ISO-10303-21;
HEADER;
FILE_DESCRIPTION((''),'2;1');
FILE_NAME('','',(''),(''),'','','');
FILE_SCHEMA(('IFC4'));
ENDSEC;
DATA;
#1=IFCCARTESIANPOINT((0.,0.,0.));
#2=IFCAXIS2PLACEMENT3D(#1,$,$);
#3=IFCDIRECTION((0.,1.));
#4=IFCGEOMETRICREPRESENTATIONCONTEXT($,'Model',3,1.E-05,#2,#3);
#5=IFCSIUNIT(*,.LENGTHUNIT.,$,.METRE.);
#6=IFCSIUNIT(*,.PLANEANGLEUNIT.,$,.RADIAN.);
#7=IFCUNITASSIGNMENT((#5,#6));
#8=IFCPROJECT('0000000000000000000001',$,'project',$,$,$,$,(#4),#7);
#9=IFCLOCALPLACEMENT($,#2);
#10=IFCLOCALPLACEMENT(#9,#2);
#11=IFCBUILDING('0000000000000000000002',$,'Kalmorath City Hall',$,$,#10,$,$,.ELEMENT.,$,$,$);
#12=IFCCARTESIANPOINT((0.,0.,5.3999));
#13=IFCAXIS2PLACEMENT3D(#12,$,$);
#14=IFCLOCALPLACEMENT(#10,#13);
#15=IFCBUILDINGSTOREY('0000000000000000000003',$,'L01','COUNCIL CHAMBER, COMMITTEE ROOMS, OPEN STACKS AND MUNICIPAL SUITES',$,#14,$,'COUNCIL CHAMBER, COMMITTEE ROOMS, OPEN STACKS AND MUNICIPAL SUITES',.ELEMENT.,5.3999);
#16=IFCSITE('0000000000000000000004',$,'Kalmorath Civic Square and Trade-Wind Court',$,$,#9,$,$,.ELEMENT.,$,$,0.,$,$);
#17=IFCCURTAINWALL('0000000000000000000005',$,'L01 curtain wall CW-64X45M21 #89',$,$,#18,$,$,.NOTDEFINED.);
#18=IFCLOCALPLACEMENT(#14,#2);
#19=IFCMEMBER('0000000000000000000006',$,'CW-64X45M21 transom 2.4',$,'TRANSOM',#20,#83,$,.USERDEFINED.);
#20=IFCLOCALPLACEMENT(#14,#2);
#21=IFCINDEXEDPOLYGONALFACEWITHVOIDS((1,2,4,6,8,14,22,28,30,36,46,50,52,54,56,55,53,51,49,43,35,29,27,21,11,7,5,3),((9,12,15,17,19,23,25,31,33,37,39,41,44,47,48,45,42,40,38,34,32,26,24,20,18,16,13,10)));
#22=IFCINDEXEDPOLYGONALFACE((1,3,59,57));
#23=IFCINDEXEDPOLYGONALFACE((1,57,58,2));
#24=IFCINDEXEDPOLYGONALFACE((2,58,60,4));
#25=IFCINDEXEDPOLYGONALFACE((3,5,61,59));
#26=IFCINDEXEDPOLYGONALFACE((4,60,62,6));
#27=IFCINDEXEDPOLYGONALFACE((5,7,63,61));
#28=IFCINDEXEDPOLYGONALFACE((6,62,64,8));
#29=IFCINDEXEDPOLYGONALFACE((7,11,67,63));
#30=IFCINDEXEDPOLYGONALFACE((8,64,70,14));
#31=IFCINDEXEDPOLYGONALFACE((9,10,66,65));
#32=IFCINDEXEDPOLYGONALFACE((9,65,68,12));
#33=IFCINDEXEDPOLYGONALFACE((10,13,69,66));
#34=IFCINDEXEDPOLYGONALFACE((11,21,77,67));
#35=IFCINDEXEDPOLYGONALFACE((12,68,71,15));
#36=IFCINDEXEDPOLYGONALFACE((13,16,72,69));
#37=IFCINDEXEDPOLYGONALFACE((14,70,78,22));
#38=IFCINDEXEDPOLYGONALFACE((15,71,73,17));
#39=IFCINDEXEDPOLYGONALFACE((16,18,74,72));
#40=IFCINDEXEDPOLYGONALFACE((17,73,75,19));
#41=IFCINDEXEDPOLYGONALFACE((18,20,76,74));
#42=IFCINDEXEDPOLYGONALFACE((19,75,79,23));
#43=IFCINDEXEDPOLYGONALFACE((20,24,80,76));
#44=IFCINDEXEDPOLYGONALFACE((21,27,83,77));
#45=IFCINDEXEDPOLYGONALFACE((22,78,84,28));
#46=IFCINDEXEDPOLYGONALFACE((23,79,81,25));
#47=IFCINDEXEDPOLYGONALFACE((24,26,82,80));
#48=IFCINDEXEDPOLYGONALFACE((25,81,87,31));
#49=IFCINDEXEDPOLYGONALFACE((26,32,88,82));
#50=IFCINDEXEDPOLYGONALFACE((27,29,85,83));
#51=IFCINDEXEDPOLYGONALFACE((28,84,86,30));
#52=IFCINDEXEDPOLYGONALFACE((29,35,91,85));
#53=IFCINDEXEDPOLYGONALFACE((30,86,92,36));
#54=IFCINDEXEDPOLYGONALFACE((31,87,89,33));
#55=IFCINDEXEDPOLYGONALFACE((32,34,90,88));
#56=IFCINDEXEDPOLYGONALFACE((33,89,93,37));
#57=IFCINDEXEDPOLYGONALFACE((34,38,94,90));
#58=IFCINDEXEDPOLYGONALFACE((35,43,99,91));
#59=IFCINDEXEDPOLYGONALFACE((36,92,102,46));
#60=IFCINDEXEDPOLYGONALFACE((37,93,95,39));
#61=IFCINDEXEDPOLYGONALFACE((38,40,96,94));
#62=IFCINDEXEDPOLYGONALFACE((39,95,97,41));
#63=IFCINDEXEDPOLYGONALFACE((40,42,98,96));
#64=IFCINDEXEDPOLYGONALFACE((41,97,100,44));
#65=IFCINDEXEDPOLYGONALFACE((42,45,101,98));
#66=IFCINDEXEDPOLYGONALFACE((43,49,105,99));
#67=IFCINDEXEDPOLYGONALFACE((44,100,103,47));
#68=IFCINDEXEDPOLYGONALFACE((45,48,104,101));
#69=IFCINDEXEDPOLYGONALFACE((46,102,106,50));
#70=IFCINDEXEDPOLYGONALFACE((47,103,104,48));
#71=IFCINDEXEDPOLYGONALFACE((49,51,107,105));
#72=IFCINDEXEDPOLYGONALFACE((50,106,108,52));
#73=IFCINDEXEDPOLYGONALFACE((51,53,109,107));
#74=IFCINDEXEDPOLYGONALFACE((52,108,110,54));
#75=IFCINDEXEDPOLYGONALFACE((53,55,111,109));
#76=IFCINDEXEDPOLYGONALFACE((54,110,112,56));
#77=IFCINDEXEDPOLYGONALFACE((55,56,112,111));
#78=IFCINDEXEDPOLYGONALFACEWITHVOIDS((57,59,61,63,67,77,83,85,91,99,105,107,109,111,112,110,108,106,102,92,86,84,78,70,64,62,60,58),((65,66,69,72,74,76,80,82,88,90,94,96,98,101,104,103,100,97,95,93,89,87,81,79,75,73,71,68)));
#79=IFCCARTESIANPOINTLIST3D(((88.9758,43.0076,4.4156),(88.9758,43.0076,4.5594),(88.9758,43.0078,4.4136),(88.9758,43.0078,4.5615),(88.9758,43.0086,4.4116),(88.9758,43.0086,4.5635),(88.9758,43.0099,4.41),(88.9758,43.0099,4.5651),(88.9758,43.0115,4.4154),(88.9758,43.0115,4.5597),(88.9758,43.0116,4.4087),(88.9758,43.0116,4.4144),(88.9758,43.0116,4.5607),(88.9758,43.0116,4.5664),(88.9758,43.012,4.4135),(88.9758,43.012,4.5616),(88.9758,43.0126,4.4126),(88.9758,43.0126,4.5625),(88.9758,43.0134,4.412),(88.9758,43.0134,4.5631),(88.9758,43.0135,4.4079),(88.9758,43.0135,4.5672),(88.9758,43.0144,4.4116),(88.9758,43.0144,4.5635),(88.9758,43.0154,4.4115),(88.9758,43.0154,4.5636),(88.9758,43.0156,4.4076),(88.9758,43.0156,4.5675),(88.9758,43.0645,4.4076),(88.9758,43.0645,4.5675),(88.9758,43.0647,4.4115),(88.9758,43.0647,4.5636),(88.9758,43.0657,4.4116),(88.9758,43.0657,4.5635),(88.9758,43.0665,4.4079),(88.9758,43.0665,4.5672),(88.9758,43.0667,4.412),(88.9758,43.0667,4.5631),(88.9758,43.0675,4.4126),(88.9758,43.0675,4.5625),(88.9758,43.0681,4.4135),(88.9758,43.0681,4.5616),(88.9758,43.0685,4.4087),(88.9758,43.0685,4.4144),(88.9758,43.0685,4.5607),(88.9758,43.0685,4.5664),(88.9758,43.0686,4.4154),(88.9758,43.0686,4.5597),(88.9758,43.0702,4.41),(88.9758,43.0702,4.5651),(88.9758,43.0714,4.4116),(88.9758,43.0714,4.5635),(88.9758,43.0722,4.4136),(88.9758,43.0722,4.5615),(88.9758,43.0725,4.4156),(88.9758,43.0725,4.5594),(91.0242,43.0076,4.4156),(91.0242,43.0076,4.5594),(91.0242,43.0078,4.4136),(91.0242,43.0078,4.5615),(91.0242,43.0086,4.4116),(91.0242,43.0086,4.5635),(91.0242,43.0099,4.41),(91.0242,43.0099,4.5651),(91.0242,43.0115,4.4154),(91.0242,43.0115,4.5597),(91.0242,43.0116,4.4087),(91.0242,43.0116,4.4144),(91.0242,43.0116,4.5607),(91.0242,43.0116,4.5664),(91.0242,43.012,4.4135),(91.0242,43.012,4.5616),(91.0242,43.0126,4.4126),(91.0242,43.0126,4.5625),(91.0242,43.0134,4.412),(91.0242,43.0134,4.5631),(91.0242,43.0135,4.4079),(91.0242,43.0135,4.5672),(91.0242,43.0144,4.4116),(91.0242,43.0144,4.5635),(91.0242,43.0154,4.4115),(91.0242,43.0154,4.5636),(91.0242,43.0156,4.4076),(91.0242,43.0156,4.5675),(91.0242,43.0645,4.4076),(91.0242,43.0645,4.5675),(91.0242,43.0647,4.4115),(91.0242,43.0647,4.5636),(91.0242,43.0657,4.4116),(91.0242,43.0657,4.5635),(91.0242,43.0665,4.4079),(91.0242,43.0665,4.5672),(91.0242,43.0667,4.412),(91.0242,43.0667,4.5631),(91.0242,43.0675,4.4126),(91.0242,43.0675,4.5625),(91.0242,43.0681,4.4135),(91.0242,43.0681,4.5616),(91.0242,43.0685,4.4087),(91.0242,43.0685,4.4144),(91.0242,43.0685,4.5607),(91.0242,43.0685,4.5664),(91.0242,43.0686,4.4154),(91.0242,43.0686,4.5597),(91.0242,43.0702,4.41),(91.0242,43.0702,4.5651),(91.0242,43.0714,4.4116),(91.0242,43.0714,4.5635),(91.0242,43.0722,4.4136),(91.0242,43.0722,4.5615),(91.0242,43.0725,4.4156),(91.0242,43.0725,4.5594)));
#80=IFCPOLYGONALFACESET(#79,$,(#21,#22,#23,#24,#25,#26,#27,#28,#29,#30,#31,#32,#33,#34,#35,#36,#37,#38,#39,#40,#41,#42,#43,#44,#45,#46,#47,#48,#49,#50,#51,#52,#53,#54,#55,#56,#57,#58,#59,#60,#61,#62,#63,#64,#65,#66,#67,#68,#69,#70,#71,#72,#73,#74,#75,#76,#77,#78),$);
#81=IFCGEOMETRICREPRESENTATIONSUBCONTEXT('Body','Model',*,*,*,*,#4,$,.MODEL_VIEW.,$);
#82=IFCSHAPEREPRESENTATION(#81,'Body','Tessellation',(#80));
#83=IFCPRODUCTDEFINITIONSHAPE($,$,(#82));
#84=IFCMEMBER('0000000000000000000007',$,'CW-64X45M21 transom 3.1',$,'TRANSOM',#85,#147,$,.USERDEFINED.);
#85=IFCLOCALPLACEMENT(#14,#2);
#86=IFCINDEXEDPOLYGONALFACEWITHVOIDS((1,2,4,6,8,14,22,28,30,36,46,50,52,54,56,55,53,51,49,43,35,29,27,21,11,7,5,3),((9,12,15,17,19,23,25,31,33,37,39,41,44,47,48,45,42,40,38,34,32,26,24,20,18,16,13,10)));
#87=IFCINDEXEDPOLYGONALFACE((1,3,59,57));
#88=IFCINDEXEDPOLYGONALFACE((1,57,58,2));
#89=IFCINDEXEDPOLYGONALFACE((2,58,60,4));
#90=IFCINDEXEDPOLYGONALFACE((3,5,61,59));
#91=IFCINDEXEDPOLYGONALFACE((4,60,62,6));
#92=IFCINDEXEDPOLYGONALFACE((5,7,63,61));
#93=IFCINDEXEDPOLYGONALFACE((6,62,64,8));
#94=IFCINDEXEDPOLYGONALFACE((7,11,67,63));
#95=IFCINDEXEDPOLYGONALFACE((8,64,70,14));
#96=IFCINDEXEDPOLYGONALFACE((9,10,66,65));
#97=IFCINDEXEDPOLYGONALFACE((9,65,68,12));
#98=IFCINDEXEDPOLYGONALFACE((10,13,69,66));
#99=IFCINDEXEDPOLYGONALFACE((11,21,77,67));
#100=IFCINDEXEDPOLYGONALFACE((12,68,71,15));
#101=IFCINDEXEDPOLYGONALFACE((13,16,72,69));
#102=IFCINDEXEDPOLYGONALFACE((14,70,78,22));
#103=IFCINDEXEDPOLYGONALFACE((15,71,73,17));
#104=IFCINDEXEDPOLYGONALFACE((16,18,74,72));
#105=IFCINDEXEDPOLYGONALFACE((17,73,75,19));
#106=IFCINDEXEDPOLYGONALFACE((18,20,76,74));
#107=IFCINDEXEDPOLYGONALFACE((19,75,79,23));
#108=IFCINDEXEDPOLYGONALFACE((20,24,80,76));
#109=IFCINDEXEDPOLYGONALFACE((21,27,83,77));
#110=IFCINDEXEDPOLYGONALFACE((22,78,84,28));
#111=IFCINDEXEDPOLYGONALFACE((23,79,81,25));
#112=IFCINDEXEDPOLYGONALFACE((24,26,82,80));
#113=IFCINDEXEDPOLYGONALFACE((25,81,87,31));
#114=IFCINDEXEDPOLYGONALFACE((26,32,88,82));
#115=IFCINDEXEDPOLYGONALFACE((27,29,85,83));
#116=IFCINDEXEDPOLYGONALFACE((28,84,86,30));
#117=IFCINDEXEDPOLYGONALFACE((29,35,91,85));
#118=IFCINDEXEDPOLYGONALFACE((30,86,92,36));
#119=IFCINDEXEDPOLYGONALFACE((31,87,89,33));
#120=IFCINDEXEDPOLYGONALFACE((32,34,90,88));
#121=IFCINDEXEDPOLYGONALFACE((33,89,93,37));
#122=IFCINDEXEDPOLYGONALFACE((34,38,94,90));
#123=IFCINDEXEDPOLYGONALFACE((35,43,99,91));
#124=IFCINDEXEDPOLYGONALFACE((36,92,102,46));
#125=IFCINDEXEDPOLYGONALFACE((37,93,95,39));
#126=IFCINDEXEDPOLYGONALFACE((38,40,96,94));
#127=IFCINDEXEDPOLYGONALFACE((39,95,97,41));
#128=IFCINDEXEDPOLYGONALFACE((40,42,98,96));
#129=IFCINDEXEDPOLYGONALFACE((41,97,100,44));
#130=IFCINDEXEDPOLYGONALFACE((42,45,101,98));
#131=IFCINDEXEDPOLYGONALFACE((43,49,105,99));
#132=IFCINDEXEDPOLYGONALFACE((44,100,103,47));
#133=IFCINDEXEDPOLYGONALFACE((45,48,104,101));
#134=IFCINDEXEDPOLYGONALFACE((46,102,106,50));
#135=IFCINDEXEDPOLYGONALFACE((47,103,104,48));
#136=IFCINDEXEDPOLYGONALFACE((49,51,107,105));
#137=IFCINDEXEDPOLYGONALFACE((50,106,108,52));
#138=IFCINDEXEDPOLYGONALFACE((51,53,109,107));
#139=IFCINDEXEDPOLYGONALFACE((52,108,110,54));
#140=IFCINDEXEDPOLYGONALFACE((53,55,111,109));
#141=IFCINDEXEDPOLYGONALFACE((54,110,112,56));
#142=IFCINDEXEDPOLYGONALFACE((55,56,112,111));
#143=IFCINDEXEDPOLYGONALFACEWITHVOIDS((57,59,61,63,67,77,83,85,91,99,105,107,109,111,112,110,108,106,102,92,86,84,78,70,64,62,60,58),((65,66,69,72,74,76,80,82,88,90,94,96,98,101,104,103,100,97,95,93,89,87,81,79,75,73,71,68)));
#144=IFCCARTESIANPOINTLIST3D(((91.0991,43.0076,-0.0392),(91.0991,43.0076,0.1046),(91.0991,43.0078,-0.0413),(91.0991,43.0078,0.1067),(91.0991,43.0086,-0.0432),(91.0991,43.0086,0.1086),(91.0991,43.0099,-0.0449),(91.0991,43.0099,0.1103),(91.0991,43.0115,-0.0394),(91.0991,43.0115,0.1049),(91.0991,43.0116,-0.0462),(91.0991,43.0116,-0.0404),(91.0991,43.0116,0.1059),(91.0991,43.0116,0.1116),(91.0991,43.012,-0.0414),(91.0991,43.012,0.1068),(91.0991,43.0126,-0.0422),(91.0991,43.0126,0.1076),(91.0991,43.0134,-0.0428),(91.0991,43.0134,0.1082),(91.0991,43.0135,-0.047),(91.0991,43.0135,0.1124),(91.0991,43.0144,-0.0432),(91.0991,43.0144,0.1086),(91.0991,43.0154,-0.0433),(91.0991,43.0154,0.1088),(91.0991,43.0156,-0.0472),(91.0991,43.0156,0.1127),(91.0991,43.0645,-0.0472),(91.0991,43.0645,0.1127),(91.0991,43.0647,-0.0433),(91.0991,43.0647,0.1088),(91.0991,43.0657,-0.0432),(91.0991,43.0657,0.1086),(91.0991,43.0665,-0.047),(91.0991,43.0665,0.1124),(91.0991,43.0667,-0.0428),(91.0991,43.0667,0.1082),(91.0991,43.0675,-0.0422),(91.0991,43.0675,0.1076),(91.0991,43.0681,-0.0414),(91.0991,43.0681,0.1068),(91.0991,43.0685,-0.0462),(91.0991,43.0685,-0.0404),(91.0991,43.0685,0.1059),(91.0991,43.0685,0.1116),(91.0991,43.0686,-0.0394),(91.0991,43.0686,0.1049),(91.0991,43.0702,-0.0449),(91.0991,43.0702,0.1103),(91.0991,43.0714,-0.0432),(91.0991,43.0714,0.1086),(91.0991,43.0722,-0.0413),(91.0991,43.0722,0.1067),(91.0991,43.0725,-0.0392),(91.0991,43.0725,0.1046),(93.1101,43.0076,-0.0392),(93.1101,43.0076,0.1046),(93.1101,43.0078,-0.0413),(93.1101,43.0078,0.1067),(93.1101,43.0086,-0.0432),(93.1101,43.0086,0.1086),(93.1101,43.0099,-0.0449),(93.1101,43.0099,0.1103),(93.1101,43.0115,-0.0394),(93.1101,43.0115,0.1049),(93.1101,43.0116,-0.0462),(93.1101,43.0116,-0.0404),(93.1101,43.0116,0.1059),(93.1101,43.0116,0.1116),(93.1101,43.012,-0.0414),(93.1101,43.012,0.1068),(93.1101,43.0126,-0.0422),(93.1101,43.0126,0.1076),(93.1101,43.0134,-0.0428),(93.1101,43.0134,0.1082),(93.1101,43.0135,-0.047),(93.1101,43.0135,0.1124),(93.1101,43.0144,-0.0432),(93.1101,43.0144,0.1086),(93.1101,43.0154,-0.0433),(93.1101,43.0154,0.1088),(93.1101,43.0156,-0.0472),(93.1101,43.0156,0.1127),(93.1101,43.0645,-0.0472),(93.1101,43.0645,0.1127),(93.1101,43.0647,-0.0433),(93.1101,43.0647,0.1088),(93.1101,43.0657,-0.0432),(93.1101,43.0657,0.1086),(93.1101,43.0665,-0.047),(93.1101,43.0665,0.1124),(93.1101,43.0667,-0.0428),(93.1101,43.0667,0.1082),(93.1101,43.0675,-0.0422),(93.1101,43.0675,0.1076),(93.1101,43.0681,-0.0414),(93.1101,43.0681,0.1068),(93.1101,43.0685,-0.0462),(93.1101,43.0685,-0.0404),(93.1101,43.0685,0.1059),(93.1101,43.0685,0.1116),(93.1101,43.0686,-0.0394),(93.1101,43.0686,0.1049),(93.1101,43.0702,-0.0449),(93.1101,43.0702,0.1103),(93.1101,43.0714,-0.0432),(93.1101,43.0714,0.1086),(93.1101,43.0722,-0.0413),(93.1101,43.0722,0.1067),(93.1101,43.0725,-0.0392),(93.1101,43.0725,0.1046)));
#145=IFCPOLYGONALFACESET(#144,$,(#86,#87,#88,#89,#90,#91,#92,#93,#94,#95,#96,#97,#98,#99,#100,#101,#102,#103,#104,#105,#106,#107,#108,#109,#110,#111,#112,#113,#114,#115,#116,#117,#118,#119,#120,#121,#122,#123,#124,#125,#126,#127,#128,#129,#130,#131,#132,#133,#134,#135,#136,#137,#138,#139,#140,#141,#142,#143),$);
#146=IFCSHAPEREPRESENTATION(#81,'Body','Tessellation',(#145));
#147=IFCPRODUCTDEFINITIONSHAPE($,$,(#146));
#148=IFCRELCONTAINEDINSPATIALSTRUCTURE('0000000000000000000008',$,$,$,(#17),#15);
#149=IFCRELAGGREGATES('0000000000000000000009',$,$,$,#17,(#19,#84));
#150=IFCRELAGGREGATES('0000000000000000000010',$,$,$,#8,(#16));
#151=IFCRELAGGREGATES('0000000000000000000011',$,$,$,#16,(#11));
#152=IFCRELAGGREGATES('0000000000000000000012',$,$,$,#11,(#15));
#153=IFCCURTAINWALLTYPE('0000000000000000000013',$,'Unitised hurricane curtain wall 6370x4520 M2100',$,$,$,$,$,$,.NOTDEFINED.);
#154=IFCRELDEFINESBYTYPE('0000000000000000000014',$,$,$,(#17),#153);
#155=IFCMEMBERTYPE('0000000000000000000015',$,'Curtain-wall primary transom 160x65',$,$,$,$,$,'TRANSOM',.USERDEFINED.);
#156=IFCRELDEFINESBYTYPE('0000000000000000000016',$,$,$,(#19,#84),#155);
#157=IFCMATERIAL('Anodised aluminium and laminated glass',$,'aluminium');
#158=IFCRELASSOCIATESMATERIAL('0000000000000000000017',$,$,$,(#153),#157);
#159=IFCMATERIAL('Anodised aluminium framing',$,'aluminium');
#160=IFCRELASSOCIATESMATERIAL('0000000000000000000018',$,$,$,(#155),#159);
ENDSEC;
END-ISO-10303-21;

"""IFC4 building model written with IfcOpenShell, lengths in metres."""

from ifc_helpers import new_model, si_unit, direction, frame, origin, origin_2d, place, context, subcontext, project, spatial, hollow_rectangle, extrude, material, material_profile, profile_set, type_object, element, aggregate, save


model = new_model("IFC4")

# Units and contexts
model_context = context("Model", 3, precision=1e-05, world=origin(), true_north=direction((0.0, 1.0)))
body_context = subcontext(model_context, "Body", "Model", "MODEL_VIEW")
ifc_project = project(units=[si_unit("LENGTHUNIT", "METRE"), si_unit("PLANEANGLEUNIT", "RADIAN")], contexts=[model_context])

# Site, building, storey
site_placement = place(None, origin())
site = spatial("IfcSite", under=ifc_project, at=site_placement, Name="Kalmorath Civic Square and Trade-Wind Court", CompositionType="ELEMENT", RefElevation=0.0)
building_placement = place(site_placement, origin())
building = spatial("IfcBuilding", under=site, at=building_placement, Name="Kalmorath City Hall", CompositionType="ELEMENT")
storey_placement = place(building_placement, frame((0.0, 0.0, 5.3999)))
storey = spatial("IfcBuildingStorey", under=building, at=storey_placement, Name="L01", Description="COUNCIL CHAMBER, COMMITTEE ROOMS, OPEN STACKS AND MUNICIPAL SUITES", LongName="COUNCIL CHAMBER, COMMITTEE ROOMS, OPEN STACKS AND MUNICIPAL SUITES", CompositionType="ELEMENT", Elevation=5.3999)

# Curtain wall, members
ifc_material_1 = material(Name="Anodised aluminium and laminated glass", Category="aluminium")
curtain_wall_type = type_object("IfcCurtainWallType", Name="Unitised hurricane curtain wall 6370x4520 M2100", PredefinedType="NOTDEFINED", material=ifc_material_1)
curtain_wall_placement = place(storey_placement, origin())
curtain_wall = element("IfcCurtainWall", 1, at=curtain_wall_placement, inside=storey, type_object=curtain_wall_type, Name="L01 curtain wall CW-64X45M21 #89", PredefinedType="NOTDEFINED")
ifc_material_2 = material(Name="Anodised aluminium framing", Category="aluminium")
ifc_material_profile_1 = material_profile(ifc_material_2, hollow_rectangle(XDim=0.0649, YDim=0.1599, WallThickness=0.0039, InnerFilletRadius=0.0039, OuterFilletRadius=0.0081, at=origin_2d()), Name="ALU-TRN-160X65X4")
ifc_profile_set_1 = profile_set([ifc_material_profile_1], Name="Anodised aluminium framing")
member_type_1 = type_object("IfcMemberType", Name="Curtain-wall primary transom 160x65", ElementType="TRANSOM", PredefinedType="USERDEFINED", material=ifc_profile_set_1)
member_1_placement = place(storey_placement, frame((88.9758, 43.04, 4.4875), z_axis=(1.0, 0.0, 0.0), x_axis=(0.0, 1.0, 0.0)))
member_1 = element("IfcMember", 2, at=member_1_placement, type_object=member_type_1, Name="CW-64X45M21 transom 2.4", ObjectType="TRANSOM", PredefinedType="USERDEFINED", context=body_context, shape_type="SweptSolid", body=[
    extrude(hollow_rectangle(XDim=0.0649, YDim=0.1599, WallThickness=0.0039, InnerFilletRadius=0.0039, OuterFilletRadius=0.0081, at=origin_2d()), origin(), (0.0, 0.0, 1.0), 2.0483),
])
member_2_placement = place(storey_placement, frame((91.0991, 43.04, 0.0327), z_axis=(1.0, 0.0, 0.0), x_axis=(0.0, 1.0, 0.0)))
member_2 = element("IfcMember", 3, at=member_2_placement, type_object=member_type_1, Name="CW-64X45M21 transom 3.1", ObjectType="TRANSOM", PredefinedType="USERDEFINED", context=body_context, shape_type="SweptSolid", body=[
    extrude(hollow_rectangle(XDim=0.0649, YDim=0.1599, WallThickness=0.0039, InnerFilletRadius=0.0039, OuterFilletRadius=0.0081, at=origin_2d()), origin(), (0.0, 0.0, 1.0), 2.011),
])

aggregate(curtain_wall, [member_1, member_2])

save(model, "model.ifc")
